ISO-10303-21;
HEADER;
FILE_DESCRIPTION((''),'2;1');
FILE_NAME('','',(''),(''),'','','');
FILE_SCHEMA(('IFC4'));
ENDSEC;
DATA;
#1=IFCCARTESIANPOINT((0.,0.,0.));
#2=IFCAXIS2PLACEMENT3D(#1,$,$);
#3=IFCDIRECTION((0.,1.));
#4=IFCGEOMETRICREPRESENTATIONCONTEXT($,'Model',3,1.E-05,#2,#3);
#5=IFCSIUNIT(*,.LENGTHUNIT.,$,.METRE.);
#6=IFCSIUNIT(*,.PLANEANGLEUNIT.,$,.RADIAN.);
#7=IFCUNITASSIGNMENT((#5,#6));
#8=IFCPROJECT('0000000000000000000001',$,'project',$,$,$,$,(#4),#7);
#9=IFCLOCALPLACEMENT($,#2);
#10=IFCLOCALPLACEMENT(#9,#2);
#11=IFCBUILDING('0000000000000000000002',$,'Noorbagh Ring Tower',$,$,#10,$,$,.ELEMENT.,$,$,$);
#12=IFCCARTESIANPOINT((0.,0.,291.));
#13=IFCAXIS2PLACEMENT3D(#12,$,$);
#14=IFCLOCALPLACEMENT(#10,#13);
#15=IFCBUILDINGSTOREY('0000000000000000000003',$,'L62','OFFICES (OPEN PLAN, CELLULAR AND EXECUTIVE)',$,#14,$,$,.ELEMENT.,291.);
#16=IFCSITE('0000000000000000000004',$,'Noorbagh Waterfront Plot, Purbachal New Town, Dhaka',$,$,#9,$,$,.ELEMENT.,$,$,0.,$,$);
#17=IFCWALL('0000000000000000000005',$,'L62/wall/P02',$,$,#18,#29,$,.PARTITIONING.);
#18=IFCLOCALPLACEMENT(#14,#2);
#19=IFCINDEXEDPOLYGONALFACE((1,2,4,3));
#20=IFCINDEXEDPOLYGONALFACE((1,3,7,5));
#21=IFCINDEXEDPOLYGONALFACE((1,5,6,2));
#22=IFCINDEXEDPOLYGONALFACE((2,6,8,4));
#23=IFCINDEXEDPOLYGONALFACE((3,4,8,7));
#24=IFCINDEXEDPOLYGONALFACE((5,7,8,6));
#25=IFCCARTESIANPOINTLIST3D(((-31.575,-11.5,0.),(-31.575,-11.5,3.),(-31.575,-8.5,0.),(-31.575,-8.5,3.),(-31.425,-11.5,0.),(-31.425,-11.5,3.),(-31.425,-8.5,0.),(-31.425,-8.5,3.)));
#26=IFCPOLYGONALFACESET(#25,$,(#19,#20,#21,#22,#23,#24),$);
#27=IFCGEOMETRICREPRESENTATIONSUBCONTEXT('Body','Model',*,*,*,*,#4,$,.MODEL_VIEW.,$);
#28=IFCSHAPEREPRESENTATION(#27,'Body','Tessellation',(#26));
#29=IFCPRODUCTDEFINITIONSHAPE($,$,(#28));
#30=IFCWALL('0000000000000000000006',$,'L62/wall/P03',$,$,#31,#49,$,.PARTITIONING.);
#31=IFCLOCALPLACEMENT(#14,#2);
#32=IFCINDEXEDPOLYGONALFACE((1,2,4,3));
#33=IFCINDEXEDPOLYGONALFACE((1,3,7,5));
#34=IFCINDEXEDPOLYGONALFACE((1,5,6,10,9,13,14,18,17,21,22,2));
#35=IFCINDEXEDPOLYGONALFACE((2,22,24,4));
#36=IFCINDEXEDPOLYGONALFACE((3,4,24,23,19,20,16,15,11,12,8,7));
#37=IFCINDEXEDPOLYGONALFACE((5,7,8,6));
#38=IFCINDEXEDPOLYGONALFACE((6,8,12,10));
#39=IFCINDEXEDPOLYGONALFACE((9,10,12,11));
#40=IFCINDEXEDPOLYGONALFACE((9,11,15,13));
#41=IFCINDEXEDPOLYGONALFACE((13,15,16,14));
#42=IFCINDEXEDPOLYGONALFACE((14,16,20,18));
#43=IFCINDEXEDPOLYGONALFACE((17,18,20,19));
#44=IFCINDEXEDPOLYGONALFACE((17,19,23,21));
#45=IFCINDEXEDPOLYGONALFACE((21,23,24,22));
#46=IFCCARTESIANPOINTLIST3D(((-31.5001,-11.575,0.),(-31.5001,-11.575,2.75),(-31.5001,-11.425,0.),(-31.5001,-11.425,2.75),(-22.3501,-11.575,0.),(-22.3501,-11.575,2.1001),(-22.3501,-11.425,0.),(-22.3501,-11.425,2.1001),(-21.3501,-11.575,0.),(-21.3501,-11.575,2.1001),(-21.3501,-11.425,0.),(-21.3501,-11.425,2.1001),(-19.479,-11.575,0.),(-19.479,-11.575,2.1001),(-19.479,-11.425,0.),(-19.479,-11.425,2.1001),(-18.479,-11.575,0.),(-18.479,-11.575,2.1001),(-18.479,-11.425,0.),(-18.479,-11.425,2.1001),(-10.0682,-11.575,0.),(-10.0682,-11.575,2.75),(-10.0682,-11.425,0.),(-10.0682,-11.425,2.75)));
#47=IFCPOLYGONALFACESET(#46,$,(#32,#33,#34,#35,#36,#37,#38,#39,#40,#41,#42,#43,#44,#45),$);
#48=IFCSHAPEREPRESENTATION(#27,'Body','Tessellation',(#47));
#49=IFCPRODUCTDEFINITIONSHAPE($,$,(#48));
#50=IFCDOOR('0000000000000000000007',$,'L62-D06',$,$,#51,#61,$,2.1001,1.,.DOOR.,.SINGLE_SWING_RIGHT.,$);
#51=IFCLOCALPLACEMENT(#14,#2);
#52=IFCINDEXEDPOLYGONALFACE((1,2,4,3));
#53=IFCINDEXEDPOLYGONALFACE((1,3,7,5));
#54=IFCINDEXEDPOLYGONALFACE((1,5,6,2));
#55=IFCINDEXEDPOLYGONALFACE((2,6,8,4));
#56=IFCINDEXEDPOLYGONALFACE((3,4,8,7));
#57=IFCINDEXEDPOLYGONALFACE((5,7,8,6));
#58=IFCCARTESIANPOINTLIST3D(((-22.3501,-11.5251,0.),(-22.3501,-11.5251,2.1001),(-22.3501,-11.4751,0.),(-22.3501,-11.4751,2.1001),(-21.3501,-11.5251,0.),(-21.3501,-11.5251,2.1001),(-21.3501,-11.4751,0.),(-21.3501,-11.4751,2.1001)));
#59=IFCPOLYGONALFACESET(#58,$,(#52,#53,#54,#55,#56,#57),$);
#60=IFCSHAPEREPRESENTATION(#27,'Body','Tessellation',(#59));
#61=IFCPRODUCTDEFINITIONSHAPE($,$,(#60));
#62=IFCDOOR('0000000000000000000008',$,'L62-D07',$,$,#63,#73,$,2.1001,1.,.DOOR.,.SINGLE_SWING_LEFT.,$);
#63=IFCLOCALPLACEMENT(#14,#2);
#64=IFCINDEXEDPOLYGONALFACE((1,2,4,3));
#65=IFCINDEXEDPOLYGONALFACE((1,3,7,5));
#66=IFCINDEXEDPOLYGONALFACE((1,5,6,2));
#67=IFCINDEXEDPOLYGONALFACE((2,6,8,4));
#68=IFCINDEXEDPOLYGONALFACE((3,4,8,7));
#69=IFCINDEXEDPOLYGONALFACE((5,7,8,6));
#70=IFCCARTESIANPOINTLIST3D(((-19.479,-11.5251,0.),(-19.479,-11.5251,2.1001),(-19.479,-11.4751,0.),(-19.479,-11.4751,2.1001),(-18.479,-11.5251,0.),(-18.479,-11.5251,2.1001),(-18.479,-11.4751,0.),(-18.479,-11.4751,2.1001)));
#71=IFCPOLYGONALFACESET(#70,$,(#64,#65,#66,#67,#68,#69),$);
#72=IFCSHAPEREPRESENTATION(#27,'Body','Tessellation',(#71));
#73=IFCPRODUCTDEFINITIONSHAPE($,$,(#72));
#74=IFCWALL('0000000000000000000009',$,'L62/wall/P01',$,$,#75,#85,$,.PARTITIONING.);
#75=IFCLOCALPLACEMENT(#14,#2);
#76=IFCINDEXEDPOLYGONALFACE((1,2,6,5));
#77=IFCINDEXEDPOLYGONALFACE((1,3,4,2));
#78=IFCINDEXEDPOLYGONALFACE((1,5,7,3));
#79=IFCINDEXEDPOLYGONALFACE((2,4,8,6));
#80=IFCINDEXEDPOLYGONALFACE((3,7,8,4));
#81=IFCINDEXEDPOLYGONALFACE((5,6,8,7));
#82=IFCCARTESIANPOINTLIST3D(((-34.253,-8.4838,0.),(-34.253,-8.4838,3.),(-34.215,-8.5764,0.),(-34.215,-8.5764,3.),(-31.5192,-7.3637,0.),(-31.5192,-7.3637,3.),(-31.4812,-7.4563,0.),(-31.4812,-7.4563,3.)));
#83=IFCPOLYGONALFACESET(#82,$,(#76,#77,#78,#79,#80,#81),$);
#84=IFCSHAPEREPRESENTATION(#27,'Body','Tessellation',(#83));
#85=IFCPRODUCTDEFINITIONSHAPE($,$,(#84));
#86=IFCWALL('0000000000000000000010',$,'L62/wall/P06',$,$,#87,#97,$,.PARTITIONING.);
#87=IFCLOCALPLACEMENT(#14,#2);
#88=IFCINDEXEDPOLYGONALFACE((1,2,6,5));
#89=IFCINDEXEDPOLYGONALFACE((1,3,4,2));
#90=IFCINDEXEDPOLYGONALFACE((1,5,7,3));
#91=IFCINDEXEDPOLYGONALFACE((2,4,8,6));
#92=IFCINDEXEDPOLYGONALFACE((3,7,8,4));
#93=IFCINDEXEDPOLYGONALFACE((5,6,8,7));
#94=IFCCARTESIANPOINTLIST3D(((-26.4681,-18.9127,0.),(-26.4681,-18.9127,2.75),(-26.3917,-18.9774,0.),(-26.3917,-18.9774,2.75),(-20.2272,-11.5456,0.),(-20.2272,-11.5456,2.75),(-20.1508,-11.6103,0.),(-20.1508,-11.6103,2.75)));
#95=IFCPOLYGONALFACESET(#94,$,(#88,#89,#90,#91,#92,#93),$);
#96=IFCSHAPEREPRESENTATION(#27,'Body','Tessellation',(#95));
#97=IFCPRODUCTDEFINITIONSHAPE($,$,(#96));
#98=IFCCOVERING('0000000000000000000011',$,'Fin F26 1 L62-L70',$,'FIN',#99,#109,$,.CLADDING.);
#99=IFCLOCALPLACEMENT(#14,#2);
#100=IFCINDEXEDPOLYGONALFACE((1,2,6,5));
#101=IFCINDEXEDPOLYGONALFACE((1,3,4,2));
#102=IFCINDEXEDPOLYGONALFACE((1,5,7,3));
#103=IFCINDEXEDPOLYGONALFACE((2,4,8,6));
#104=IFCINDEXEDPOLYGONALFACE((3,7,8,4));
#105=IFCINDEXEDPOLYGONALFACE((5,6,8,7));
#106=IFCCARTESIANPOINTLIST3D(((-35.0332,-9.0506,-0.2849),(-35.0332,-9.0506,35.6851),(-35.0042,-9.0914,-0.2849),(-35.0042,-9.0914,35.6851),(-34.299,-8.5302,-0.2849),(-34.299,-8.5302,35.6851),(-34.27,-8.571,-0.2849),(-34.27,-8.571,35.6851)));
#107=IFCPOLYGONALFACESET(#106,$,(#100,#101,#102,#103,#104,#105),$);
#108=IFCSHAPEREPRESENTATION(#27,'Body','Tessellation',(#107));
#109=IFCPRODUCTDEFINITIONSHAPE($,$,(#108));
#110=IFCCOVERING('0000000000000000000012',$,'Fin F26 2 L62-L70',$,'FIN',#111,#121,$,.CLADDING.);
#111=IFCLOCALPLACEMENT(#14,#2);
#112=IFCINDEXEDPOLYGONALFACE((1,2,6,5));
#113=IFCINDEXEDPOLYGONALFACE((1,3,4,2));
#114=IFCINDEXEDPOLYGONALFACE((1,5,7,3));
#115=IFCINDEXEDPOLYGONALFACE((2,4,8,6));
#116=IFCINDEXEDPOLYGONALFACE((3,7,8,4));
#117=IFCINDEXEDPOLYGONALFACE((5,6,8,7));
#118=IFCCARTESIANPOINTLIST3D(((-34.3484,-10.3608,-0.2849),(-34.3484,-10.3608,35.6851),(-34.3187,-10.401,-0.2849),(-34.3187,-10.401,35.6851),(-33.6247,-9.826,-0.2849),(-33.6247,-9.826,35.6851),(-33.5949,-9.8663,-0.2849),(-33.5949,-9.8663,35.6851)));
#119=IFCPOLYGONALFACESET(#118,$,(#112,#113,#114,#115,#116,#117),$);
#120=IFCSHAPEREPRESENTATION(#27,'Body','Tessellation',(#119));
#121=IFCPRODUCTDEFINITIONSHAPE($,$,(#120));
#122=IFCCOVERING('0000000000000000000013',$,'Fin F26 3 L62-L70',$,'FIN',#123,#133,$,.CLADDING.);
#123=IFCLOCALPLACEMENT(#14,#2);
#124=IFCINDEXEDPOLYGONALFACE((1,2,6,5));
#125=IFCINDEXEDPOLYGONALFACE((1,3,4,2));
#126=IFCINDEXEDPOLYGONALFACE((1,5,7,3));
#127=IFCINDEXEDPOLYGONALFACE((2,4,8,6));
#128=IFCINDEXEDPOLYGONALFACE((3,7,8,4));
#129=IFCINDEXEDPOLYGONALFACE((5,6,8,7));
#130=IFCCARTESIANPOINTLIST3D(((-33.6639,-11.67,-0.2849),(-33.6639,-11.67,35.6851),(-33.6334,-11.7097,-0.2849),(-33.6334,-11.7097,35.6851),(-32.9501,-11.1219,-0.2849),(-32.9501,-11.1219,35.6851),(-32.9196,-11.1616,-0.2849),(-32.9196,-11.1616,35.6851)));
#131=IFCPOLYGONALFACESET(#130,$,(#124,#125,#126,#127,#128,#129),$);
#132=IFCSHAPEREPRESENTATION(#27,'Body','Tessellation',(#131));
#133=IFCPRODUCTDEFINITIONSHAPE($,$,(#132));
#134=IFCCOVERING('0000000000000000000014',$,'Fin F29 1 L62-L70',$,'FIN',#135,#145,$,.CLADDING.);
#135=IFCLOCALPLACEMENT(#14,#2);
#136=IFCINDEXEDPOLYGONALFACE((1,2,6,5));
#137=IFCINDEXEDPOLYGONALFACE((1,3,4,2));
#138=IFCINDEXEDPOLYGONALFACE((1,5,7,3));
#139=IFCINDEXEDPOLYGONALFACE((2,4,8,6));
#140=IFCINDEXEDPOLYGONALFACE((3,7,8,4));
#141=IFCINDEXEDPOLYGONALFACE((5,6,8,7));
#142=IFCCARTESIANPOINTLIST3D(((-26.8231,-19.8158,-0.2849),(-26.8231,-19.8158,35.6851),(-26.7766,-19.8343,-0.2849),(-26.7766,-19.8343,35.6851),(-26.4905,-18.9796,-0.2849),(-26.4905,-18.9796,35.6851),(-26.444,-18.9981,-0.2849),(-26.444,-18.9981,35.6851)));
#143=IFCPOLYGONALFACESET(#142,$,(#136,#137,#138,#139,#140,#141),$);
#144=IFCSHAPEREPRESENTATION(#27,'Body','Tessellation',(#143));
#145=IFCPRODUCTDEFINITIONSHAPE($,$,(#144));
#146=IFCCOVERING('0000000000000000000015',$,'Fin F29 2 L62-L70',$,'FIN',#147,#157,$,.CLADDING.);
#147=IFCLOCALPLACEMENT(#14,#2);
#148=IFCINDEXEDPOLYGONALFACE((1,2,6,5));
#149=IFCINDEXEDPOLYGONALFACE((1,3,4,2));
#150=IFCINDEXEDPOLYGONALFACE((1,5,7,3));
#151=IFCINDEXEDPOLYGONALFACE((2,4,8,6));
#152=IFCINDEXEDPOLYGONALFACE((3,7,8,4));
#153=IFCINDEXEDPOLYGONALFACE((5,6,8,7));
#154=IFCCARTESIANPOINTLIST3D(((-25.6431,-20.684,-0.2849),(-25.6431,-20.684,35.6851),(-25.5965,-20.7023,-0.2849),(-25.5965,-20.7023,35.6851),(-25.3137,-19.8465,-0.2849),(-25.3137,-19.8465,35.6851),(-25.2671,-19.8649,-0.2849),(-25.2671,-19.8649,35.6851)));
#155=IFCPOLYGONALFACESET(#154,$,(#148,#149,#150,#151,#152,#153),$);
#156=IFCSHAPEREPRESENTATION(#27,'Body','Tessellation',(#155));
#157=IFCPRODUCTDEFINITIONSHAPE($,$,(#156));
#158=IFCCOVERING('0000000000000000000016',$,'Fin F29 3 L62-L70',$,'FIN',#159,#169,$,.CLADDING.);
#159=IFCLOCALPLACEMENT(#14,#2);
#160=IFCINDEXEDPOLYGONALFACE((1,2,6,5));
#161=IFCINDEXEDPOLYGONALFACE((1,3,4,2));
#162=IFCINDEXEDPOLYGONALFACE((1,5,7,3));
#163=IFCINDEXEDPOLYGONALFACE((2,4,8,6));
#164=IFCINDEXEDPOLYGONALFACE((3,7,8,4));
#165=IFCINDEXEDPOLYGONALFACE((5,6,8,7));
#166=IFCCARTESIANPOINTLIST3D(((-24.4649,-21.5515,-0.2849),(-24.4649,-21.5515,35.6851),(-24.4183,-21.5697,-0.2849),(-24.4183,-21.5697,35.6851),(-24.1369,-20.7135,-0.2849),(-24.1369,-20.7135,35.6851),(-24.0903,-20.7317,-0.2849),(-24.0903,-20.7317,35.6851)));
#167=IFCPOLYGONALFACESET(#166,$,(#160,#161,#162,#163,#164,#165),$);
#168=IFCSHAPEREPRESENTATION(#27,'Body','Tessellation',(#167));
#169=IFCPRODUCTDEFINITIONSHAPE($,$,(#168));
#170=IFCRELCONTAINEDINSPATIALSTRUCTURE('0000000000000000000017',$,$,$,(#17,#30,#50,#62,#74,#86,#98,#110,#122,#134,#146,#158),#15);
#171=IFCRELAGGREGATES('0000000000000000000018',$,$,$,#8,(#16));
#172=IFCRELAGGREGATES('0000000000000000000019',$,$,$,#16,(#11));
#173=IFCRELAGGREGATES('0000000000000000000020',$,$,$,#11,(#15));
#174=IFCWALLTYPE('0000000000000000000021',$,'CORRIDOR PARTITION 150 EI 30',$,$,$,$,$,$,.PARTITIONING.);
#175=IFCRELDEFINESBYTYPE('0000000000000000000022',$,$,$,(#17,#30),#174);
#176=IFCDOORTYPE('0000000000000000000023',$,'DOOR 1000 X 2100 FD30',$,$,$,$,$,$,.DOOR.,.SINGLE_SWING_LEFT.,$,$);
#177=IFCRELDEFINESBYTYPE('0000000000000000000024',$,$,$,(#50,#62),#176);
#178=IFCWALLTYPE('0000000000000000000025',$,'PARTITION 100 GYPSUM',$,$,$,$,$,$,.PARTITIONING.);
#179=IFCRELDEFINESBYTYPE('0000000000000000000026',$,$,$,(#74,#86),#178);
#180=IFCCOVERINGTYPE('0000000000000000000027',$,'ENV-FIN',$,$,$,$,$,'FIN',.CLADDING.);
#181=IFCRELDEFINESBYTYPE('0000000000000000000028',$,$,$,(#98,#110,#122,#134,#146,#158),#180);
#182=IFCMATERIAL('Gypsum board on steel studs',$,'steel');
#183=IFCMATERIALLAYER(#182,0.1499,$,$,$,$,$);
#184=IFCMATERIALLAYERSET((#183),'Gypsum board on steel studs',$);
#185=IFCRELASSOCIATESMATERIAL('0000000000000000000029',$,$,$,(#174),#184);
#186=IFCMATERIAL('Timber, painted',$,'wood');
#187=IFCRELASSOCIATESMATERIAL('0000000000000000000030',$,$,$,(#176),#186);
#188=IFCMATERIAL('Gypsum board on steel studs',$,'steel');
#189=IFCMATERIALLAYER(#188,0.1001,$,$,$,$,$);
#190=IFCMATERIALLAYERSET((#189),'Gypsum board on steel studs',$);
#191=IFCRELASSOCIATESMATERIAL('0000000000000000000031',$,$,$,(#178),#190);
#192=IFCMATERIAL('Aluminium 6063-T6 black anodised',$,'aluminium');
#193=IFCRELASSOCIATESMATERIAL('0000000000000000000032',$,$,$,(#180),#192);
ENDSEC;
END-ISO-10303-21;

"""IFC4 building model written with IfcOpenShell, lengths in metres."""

from ifc_helpers import new_model, si_unit, direction, frame, frame_2d, origin, origin_2d, place, context, subcontext, project, spatial, rectangle, extrude, material, layer, layer_set, material_profile, profile_set, type_object, element, fill, save


model = new_model("IFC4")

# Units and contexts
model_context = context("Model", 3, precision=1e-05, world=origin(), true_north=direction((0.0, 1.0)))
body_context = subcontext(model_context, "Body", "Model", "MODEL_VIEW")
ifc_project = project(units=[si_unit("LENGTHUNIT", "METRE"), si_unit("PLANEANGLEUNIT", "RADIAN")], contexts=[model_context])

# Site, building, storey
site_placement = place(None, origin())
site = spatial("IfcSite", under=ifc_project, at=site_placement, Name="Noorbagh Waterfront Plot, Purbachal New Town, Dhaka", CompositionType="ELEMENT", RefElevation=0.0)
building_placement = place(site_placement, origin())
building = spatial("IfcBuilding", under=site, at=building_placement, Name="Noorbagh Ring Tower", CompositionType="ELEMENT")
storey_placement = place(building_placement, frame((0.0, 0.0, 291.0)))
storey = spatial("IfcBuildingStorey", under=building, at=storey_placement, Name="L62", Description="OFFICES (OPEN PLAN, CELLULAR AND EXECUTIVE)", CompositionType="ELEMENT", Elevation=291.0)

# Wall
ifc_material_1 = material(Name="Gypsum board on steel studs", Category="steel")
ifc_layer_1 = layer(ifc_material_1, 0.1499)
ifc_layer_set_1 = layer_set([ifc_layer_1], Name="Gypsum board on steel studs")
wall_type_1 = type_object("IfcWallType", Name="CORRIDOR PARTITION 150 EI 30", PredefinedType="PARTITIONING", material=ifc_layer_set_1)
wall_1_placement = place(storey_placement, frame((-31.5, -11.5, 0.0), z_axis=(0.0, 0.0, 1.0), x_axis=(0.0, 1.0, 0.0)))
element("IfcWall", 1, at=wall_1_placement, inside=storey, type_object=wall_type_1, Name="L62/wall/P02", PredefinedType="PARTITIONING", context=body_context, shape_type="SweptSolid", body=[
    extrude(rectangle(XDim=3.0, YDim=0.1499, at=frame_2d((1.5, 0.0))), origin(), (0.0, 0.0, 1.0), 3.0),
])

# Wall, openings, doors
wall_2_placement = place(storey_placement, frame((-31.5, -11.5, 0.0), z_axis=(0.0, 0.0, 1.0), x_axis=(1.0, 0.0, 0.0)))
wall_2 = element("IfcWall", 2, at=wall_2_placement, inside=storey, type_object=wall_type_1, Name="L62/wall/P03", PredefinedType="PARTITIONING", context=body_context, shape_type="SweptSolid", body=[
    extrude(rectangle(XDim=21.4319, YDim=0.1499, at=frame_2d((10.7158, 0.0))), origin(), (0.0, 0.0, 1.0), 2.75),
])
opening_1_placement = place(wall_2_placement, frame((9.1499, 0.0, 0.0)))
opening_1 = element("IfcOpeningElement", 3, at=opening_1_placement, cuts=wall_2, PredefinedType="OPENING", context=body_context, shape_type="SweptSolid", body=[
    extrude(rectangle(XDim=1.0, YDim=2.1001, at=frame_2d((0.5, 1.05))), frame((0.0, 0.085, 0.0), z_axis=(0.0, -1.0, 0.0), x_axis=(1.0, 0.0, 0.0)), (0.0, 0.0, 1.0), 0.1699),
])
opening_2_placement = place(wall_2_placement, frame((12.021, 0.0, 0.0)))
opening_2 = element("IfcOpeningElement", 4, at=opening_2_placement, cuts=wall_2, PredefinedType="OPENING", context=body_context, shape_type="SweptSolid", body=[
    extrude(rectangle(XDim=1.0, YDim=2.1001, at=frame_2d((0.5, 1.05))), frame((0.0, 0.085, 0.0), z_axis=(0.0, -1.0, 0.0), x_axis=(1.0, 0.0, 0.0)), (0.0, 0.0, 1.0), 0.1699),
])
ifc_material_2 = material(Name="Timber, painted", Category="wood")
door_type = type_object("IfcDoorType", Name="DOOR 1000 X 2100 FD30", OperationType="SINGLE_SWING_LEFT", PredefinedType="DOOR", material=ifc_material_2)
door_1_placement = place(opening_1_placement, origin())
door_1 = element("IfcDoor", 5, at=door_1_placement, inside=storey, type_object=door_type, Name="L62-D06", OperationType="SINGLE_SWING_RIGHT", OverallHeight=2.1001, OverallWidth=1.0, PredefinedType="DOOR", context=body_context, shape_type="SweptSolid", body=[
    extrude(rectangle(XDim=1.0, YDim=2.1001, at=frame_2d((0.5, 1.05))), frame((0.0, 0.0249, 0.0), z_axis=(0.0, -1.0, 0.0), x_axis=(1.0, 0.0, 0.0)), (0.0, 0.0, 1.0), 0.05),
])
fill(opening_1, door_1)
door_2_placement = place(opening_2_placement, origin())
door_2 = element("IfcDoor", 6, at=door_2_placement, inside=storey, type_object=door_type, Name="L62-D07", OperationType="SINGLE_SWING_LEFT", OverallHeight=2.1001, OverallWidth=1.0, PredefinedType="DOOR", context=body_context, shape_type="SweptSolid", body=[
    extrude(rectangle(XDim=1.0, YDim=2.1001, at=frame_2d((0.5, 1.05))), frame((0.0, 0.0249, 0.0), z_axis=(0.0, -1.0, 0.0), x_axis=(1.0, 0.0, 0.0)), (0.0, 0.0, 1.0), 0.05),
])
fill(opening_2, door_2)

# Walls
ifc_material_3 = material(Name="Gypsum board on steel studs", Category="steel")
ifc_layer_2 = layer(ifc_material_3, 0.1001)
ifc_layer_set_2 = layer_set([ifc_layer_2], Name="Gypsum board on steel studs")
wall_type_2 = type_object("IfcWallType", Name="PARTITION 100 GYPSUM", PredefinedType="PARTITIONING", material=ifc_layer_set_2)
wall_3_placement = place(storey_placement, frame((-34.2339, -8.53, 0.0), z_axis=(0.0, 0.0, 1.0), x_axis=(0.925344, 0.379128, 0.0)))
element("IfcWall", 7, at=wall_3_placement, inside=storey, type_object=wall_type_2, Name="L62/wall/P01", PredefinedType="PARTITIONING", context=body_context, shape_type="SweptSolid", body=[
    extrude(rectangle(XDim=2.9543, YDim=0.1001, at=frame_2d((1.4771, 0.0))), origin(), (0.0, 0.0, 1.0), 3.0),
])
wall_4_placement = place(storey_placement, frame((-26.4299, -18.9451, 0.0), z_axis=(0.0, 0.0, 1.0), x_axis=(0.646376, 0.763019, 0.0)))
element("IfcWall", 8, at=wall_4_placement, inside=storey, type_object=wall_type_2, Name="L62/wall/P06", PredefinedType="PARTITIONING", context=body_context, shape_type="SweptSolid", body=[
    extrude(rectangle(XDim=9.6553, YDim=0.1001, at=frame_2d((4.8276, 0.0))), origin(), (0.0, 0.0, 1.0), 2.75),
])

# Coverings
ifc_material_4 = material(Name="Aluminium 6063-T6 black anodised", Category="aluminium")
ifc_material_profile_1 = material_profile(ifc_material_4, rectangle(XDim=0.8999, YDim=0.05, at=origin_2d()), Name="900x50")
ifc_profile_set_1 = profile_set([ifc_material_profile_1], Name="Aluminium 6063-T6 black anodised")
covering_type = type_object("IfcCoveringType", Name="ENV-FIN", ElementType="FIN", PredefinedType="CLADDING", material=ifc_profile_set_1)
for number, where, z_axis, x_axis, name in (
    (9, (-34.6516, -8.8108, -0.2849), (0.0, 0.0, 1.0), (-0.815855, -0.578256, 0.0), "Fin F26 1 L62-L70"),
    (10, (-33.9717, -10.1135, -0.2849), (0.0, 0.0, 1.0), (-0.80426, -0.594277, 0.0), "Fin F26 2 L62-L70"),
    (11, (-33.2917, -11.4158, -0.2849), (0.0, 0.0, 1.0), (-0.793138, -0.609043, 0.0), "Fin F26 3 L62-L70"),
    (12, (-26.6335, -19.407, -0.2849), (0.0, 0.0, 1.0), (-0.369564, -0.929205, 0.0), "Fin F29 1 L62-L70"),
    (13, (-25.4551, -20.2744, -0.2849), (0.0, 0.0, 1.0), (-0.366047, -0.930596, 0.0), "Fin F29 2 L62-L70"),
    (14, (-24.2776, -21.1416, -0.2849), (0.0, 0.0, 1.0), (-0.364533, -0.93119, 0.0), "Fin F29 3 L62-L70"),
):
    element("IfcCovering", number, at=place(storey_placement, frame(where, z_axis=z_axis, x_axis=x_axis)), inside=storey, type_object=covering_type, Name=name, ObjectType="FIN", PredefinedType="CLADDING", context=body_context, shape_type="SweptSolid", body=[
        extrude(rectangle(XDim=0.8999, YDim=0.05, at=origin_2d()), origin(), (0.0, 0.0, 1.0), 35.97),
    ])

save(model, "model.ifc")
